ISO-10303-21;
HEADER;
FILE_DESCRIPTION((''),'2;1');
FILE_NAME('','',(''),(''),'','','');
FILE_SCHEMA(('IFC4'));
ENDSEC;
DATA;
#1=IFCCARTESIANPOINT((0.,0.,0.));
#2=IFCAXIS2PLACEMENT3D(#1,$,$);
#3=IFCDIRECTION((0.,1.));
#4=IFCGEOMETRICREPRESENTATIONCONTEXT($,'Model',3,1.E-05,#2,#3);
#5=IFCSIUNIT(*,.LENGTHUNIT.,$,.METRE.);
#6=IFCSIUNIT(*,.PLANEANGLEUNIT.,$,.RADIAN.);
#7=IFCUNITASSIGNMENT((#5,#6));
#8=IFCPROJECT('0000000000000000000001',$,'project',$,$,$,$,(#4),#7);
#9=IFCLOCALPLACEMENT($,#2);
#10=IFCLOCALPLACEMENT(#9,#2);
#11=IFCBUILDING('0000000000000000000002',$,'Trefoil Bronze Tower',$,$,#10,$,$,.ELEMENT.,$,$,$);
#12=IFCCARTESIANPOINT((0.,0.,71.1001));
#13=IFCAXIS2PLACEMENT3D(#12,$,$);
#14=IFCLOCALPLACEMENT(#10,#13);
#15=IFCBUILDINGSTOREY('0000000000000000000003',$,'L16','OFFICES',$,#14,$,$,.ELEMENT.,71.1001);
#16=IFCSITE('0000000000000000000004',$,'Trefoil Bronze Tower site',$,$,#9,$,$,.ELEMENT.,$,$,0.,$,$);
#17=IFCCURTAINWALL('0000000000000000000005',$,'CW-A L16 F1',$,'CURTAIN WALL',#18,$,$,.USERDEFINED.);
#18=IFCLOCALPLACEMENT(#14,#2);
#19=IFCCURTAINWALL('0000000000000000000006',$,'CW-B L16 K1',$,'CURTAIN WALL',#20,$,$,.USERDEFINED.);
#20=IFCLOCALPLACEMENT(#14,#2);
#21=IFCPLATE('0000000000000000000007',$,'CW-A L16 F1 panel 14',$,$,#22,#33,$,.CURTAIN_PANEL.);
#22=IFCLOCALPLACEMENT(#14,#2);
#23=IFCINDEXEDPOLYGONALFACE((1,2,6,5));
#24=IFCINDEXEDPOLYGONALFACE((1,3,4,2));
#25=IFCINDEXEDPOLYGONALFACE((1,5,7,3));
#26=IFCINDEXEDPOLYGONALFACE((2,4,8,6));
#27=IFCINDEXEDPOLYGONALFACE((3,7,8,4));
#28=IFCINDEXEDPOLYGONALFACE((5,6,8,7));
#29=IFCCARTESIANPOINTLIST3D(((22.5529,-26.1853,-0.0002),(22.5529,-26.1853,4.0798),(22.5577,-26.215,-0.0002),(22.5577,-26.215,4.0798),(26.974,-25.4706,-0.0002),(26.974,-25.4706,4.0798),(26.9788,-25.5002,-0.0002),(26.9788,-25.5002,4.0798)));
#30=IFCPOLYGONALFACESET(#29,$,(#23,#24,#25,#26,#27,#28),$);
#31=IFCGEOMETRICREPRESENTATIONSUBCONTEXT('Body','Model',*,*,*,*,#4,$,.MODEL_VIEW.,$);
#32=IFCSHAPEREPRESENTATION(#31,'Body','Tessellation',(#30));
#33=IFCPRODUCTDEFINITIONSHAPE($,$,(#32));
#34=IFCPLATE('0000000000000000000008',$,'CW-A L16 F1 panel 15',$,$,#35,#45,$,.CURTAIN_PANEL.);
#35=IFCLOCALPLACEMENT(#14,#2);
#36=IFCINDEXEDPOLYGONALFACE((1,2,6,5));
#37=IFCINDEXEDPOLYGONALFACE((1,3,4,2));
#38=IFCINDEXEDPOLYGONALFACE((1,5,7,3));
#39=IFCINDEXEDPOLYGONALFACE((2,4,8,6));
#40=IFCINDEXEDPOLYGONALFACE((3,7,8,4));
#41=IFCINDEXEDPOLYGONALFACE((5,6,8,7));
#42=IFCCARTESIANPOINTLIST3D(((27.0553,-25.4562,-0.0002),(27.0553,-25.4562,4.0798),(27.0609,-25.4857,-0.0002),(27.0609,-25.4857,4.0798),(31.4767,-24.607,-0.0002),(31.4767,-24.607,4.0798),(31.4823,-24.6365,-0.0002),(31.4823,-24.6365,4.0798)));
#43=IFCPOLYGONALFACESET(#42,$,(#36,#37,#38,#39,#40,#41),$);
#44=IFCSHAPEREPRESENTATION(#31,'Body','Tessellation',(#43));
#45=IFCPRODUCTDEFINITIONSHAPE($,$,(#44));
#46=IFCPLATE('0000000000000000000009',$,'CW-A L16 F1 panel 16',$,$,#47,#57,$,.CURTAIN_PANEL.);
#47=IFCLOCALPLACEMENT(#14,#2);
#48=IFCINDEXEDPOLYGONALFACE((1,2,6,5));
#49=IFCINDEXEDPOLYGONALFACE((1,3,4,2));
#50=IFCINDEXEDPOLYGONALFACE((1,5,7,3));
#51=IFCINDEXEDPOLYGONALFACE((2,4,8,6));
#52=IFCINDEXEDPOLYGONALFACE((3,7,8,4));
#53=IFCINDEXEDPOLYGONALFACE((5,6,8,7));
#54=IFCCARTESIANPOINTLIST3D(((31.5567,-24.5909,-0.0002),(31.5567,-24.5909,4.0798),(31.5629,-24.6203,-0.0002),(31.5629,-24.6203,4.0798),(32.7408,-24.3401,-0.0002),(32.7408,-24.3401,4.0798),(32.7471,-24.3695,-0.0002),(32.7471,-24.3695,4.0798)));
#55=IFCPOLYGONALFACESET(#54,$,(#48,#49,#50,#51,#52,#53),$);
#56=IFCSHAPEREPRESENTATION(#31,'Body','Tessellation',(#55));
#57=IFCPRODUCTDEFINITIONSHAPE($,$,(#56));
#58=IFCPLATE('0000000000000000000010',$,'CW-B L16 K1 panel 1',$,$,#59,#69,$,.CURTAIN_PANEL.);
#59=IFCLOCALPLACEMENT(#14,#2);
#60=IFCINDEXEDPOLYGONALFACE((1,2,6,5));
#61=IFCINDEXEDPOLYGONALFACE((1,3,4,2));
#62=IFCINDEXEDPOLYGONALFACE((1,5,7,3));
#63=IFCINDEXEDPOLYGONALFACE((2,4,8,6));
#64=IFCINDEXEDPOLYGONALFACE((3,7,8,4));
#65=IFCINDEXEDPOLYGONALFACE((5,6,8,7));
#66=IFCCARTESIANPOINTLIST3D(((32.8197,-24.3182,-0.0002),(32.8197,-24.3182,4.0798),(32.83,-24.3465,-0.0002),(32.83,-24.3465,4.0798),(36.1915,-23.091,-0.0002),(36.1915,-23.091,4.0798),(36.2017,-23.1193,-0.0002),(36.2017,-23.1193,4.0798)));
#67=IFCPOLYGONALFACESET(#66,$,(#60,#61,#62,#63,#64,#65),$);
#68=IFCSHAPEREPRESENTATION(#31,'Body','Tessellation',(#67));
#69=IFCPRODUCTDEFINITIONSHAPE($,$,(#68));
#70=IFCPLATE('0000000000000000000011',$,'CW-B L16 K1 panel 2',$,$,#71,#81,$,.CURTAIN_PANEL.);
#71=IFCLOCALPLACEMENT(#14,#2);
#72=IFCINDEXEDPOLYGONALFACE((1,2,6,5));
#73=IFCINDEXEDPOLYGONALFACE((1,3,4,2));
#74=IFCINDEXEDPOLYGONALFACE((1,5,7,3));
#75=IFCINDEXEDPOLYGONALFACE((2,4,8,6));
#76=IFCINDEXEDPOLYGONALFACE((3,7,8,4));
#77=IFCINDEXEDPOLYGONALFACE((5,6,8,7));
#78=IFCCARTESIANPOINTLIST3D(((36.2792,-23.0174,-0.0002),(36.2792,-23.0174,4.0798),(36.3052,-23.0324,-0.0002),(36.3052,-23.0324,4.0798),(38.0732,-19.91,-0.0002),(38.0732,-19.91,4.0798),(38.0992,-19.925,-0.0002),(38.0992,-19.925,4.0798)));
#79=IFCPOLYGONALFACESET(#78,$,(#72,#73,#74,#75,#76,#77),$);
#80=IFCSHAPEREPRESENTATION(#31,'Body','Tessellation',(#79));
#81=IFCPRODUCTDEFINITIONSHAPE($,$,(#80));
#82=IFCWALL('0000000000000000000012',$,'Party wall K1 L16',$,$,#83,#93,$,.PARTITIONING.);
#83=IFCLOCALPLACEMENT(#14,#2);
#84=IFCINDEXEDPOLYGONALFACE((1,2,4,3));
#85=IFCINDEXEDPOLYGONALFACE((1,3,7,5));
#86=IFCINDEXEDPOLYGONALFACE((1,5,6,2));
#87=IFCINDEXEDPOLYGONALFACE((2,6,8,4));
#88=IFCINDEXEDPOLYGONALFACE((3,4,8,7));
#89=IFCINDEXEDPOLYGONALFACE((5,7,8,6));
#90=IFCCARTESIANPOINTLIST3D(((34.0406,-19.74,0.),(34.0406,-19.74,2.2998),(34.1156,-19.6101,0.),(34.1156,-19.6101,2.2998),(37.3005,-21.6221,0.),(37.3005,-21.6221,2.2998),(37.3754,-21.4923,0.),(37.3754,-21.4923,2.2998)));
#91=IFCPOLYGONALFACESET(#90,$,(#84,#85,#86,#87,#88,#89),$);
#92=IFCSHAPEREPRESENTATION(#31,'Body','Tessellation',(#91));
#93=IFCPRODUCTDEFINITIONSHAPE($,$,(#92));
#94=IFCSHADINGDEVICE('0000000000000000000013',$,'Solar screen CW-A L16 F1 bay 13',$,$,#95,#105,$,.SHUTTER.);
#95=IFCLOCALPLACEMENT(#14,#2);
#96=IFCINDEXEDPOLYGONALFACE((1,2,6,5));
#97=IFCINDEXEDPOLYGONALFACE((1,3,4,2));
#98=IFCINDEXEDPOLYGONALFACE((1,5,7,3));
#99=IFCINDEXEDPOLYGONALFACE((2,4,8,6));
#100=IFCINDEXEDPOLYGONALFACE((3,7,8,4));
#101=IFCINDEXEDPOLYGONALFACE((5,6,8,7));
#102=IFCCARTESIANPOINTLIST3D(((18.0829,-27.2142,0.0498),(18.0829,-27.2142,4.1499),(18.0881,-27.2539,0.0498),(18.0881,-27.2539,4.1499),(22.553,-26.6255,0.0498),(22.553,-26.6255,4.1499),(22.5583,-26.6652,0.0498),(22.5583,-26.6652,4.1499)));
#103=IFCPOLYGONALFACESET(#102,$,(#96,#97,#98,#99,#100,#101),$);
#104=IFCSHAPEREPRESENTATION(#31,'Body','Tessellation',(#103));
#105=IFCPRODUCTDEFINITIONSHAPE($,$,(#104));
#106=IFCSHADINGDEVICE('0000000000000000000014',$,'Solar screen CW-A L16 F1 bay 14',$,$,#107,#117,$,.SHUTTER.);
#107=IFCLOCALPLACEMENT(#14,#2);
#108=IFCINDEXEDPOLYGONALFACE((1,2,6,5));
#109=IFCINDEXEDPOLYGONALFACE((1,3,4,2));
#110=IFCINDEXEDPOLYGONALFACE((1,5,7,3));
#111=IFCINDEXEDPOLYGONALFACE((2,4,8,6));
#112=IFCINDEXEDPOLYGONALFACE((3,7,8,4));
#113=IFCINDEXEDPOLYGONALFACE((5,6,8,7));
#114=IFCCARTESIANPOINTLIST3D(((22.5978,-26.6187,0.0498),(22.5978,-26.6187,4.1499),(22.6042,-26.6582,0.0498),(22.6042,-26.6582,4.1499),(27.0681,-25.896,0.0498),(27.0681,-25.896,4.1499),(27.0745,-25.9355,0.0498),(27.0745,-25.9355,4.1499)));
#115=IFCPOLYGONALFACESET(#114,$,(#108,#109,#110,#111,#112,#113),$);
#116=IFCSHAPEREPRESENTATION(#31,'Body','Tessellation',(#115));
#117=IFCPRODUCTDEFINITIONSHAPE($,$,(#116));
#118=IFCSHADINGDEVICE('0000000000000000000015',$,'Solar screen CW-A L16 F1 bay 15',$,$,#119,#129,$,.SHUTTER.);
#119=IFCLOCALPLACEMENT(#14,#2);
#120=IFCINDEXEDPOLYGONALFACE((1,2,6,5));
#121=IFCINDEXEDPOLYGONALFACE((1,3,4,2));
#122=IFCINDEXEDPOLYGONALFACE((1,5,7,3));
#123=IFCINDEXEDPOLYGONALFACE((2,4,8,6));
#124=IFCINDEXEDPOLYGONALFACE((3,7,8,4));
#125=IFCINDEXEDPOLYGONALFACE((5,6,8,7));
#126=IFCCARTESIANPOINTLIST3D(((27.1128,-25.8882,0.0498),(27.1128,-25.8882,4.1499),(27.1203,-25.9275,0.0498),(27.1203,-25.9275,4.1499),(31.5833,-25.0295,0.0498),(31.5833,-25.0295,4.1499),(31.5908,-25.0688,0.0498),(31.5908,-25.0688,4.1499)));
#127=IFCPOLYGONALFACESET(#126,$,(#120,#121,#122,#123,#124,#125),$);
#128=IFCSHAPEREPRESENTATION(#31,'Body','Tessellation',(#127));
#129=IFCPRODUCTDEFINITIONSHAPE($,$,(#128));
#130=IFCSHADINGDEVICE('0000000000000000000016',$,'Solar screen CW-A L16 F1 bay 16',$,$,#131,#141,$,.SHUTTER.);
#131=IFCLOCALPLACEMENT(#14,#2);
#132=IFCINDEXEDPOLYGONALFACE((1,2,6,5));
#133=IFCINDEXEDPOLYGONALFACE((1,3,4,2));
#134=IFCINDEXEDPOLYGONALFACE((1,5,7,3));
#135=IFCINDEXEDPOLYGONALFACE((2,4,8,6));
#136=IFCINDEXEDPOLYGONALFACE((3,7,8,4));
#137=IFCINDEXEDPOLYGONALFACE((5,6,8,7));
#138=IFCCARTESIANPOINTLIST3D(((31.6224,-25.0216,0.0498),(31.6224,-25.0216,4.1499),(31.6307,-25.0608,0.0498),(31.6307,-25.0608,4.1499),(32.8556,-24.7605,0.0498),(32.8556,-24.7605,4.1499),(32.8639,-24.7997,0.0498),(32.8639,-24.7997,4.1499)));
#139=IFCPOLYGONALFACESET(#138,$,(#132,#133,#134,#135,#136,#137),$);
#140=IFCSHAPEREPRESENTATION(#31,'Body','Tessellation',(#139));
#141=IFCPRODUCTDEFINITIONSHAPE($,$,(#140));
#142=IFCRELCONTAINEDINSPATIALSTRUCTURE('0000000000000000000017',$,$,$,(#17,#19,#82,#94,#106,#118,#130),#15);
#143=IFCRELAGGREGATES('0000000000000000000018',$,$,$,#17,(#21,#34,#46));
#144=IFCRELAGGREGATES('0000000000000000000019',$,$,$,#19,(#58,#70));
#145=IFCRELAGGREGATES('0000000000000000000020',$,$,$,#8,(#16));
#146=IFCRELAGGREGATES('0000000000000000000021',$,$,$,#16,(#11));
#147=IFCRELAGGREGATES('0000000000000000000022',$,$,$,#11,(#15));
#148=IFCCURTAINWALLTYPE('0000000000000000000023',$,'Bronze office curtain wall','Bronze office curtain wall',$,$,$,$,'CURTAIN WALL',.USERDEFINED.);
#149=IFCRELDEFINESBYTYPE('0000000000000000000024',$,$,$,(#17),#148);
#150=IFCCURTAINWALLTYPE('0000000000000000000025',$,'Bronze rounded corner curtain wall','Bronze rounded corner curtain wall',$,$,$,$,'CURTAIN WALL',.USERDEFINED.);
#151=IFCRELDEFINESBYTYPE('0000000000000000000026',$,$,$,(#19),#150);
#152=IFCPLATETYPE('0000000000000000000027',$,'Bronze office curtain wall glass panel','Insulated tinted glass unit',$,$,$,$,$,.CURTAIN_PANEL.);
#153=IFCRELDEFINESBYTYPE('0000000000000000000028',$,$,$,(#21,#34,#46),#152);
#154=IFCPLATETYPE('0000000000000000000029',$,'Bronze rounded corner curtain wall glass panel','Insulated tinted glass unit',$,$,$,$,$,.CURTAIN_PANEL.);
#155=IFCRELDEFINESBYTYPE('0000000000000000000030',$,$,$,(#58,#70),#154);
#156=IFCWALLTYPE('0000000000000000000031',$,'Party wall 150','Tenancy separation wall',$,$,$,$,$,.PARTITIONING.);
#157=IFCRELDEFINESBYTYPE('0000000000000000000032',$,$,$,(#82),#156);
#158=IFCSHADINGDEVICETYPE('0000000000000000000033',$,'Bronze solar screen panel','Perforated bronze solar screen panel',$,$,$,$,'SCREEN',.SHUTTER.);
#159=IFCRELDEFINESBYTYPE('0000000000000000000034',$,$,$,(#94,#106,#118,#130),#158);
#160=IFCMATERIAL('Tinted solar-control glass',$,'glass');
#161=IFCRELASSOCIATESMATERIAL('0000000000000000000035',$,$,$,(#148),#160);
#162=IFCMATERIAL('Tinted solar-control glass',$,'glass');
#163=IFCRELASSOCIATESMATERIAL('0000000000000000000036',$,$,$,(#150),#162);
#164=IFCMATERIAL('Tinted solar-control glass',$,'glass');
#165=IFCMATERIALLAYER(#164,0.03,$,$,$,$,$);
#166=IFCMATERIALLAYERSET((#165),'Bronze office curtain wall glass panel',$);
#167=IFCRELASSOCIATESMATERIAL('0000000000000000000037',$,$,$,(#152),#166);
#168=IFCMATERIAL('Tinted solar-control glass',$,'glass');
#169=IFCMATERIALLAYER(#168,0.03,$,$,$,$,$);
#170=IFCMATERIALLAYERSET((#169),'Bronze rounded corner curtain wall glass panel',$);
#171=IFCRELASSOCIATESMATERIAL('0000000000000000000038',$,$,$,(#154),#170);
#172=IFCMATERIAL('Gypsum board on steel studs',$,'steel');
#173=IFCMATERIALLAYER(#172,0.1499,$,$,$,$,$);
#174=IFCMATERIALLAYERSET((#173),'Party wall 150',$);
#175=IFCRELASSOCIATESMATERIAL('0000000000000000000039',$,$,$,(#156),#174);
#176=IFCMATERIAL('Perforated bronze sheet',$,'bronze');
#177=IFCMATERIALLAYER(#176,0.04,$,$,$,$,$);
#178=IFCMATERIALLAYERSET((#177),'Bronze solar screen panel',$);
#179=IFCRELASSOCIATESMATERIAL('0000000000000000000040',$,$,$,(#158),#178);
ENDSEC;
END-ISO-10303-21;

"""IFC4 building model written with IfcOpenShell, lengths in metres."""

from ifc_helpers import new_model, si_unit, direction, frame, frame_2d, origin, origin_2d, place, context, subcontext, project, spatial, rectangle, extrude, material, layer, layer_set, type_object, element, aggregate, save


model = new_model("IFC4")

# Units and contexts
model_context = context("Model", 3, precision=1e-05, world=origin(), true_north=direction((0.0, 1.0)))
body_context = subcontext(model_context, "Body", "Model", "MODEL_VIEW")
ifc_project = project(units=[si_unit("LENGTHUNIT", "METRE"), si_unit("PLANEANGLEUNIT", "RADIAN")], contexts=[model_context])

# Site, building, storey
site_placement = place(None, origin())
site = spatial("IfcSite", under=ifc_project, at=site_placement, Name="Trefoil Bronze Tower site", CompositionType="ELEMENT", RefElevation=0.0)
building_placement = place(site_placement, origin())
building = spatial("IfcBuilding", under=site, at=building_placement, Name="Trefoil Bronze Tower", CompositionType="ELEMENT")
storey_placement = place(building_placement, frame((0.0, 0.0, 71.1001)))
storey = spatial("IfcBuildingStorey", under=building, at=storey_placement, Name="L16", Description="OFFICES", CompositionType="ELEMENT", Elevation=71.1001)

# Curtain walls
ifc_material_1 = material(Name="Tinted solar-control glass", Category="glass")
curtain_wall_type_1 = type_object("IfcCurtainWallType", Name="Bronze office curtain wall", Description="Bronze office curtain wall", ElementType="CURTAIN WALL", PredefinedType="USERDEFINED", material=ifc_material_1)
curtain_wall_1_placement = place(storey_placement, origin())
curtain_wall_1 = element("IfcCurtainWall", 1, at=curtain_wall_1_placement, inside=storey, type_object=curtain_wall_type_1, Name="CW-A L16 F1", ObjectType="CURTAIN WALL", PredefinedType="USERDEFINED")
ifc_material_2 = material(Name="Tinted solar-control glass", Category="glass")
curtain_wall_type_2 = type_object("IfcCurtainWallType", Name="Bronze rounded corner curtain wall", Description="Bronze rounded corner curtain wall", ElementType="CURTAIN WALL", PredefinedType="USERDEFINED", material=ifc_material_2)
curtain_wall_2_placement = place(storey_placement, origin())
curtain_wall_2 = element("IfcCurtainWall", 2, at=curtain_wall_2_placement, inside=storey, type_object=curtain_wall_type_2, Name="CW-B L16 K1", ObjectType="CURTAIN WALL", PredefinedType="USERDEFINED")

# Plates
ifc_material_3 = material(Name="Tinted solar-control glass", Category="glass")
ifc_layer_1 = layer(ifc_material_3, 0.03)
ifc_layer_set_1 = layer_set([ifc_layer_1], Name="Bronze office curtain wall glass panel")
plate_type_1 = type_object("IfcPlateType", Name="Bronze office curtain wall glass panel", Description="Insulated tinted glass unit", PredefinedType="CURTAIN_PANEL", material=ifc_layer_set_1)
plate_1_placement = place(storey_placement, frame((24.7659, -25.8428, -0.0002), z_axis=(0.0, 0.0, 1.0), x_axis=(0.987181, 0.159603, 0.0)))
plate_1 = element("IfcPlate", 3, at=plate_1_placement, type_object=plate_type_1, Name="CW-A L16 F1 panel 14", PredefinedType="CURTAIN_PANEL", context=body_context, shape_type="SweptSolid", body=[
    extrude(rectangle(XDim=4.4785, YDim=0.03, at=origin_2d()), origin(), (0.0, 0.0, 1.0), 4.0801),
])
plate_2_placement = place(storey_placement, frame((29.2688, -25.0464, -0.0002), z_axis=(0.0, 0.0, 1.0), x_axis=(0.98205, 0.188622, 0.0)))
plate_2 = element("IfcPlate", 4, at=plate_2_placement, type_object=plate_type_1, Name="CW-A L16 F1 panel 15", PredefinedType="CURTAIN_PANEL", context=body_context, shape_type="SweptSolid", body=[
    extrude(rectangle(XDim=4.5022, YDim=0.03, at=origin_2d()), origin(), (0.0, 0.0, 1.0), 4.0801),
])
plate_3_placement = place(storey_placement, frame((32.1519, -24.4802, -0.0002), z_axis=(0.0, 0.0, 1.0), x_axis=(0.978303, 0.207181, 0.0)))
plate_3 = element("IfcPlate", 5, at=plate_3_placement, type_object=plate_type_1, Name="CW-A L16 F1 panel 16", PredefinedType="CURTAIN_PANEL", context=body_context, shape_type="SweptSolid", body=[
    extrude(rectangle(XDim=1.2104, YDim=0.03, at=origin_2d()), origin(), (0.0, 0.0, 1.0), 4.0801),
])
aggregate(curtain_wall_1, [plate_1, plate_2, plate_3])
ifc_material_4 = material(Name="Tinted solar-control glass", Category="glass")
ifc_layer_2 = layer(ifc_material_4, 0.03)
ifc_layer_set_2 = layer_set([ifc_layer_2], Name="Bronze rounded corner curtain wall glass panel")
plate_type_2 = type_object("IfcPlateType", Name="Bronze rounded corner curtain wall glass panel", Description="Insulated tinted glass unit", PredefinedType="CURTAIN_PANEL", material=ifc_layer_set_2)
plate_4_placement = place(storey_placement, frame((34.5107, -23.7188, -0.0002), z_axis=(0.0, 0.0, 1.0), x_axis=(0.939693, 0.34202, 0.0)))
plate_4 = element("IfcPlate", 6, at=plate_4_placement, type_object=plate_type_2, Name="CW-B L16 K1 panel 1", PredefinedType="CURTAIN_PANEL", context=body_context, shape_type="SweptSolid", body=[
    extrude(rectangle(XDim=3.5881, YDim=0.03, at=origin_2d()), origin(), (0.0, 0.0, 1.0), 4.0801),
])
plate_5_placement = place(storey_placement, frame((37.1892, -21.4712, -0.0002), z_axis=(0.0, 0.0, 1.0), x_axis=(0.5, 0.866025, 0.0)))
plate_5 = element("IfcPlate", 7, at=plate_5_placement, type_object=plate_type_2, Name="CW-B L16 K1 panel 2", PredefinedType="CURTAIN_PANEL", context=body_context, shape_type="SweptSolid", body=[
    extrude(rectangle(XDim=3.5881, YDim=0.03, at=origin_2d()), origin(), (0.0, 0.0, 1.0), 4.0801),
])
aggregate(curtain_wall_2, [plate_4, plate_5])

# Wall
ifc_material_5 = material(Name="Gypsum board on steel studs", Category="steel")
ifc_layer_3 = layer(ifc_material_5, 0.1499)
ifc_layer_set_3 = layer_set([ifc_layer_3], Name="Party wall 150")
wall_type = type_object("IfcWallType", Name="Party wall 150", Description="Tenancy separation wall", PredefinedType="PARTITIONING", material=ifc_layer_set_3)
wall_placement = place(storey_placement, frame((34.0781, -19.675, 0.0), z_axis=(0.0, 0.0, 1.0), x_axis=(0.866019, -0.500011, 0.0)))
element("IfcWall", 8, at=wall_placement, inside=storey, type_object=wall_type, Name="Party wall K1 L16", PredefinedType="PARTITIONING", context=body_context, shape_type="SweptSolid", body=[
    extrude(rectangle(XDim=3.7642, YDim=0.1499, at=frame_2d((1.8821, 0.0))), origin(), (0.0, 0.0, 1.0), 2.2998),
])

# Shading devices
ifc_material_6 = material(Name="Perforated bronze sheet", Category="bronze")
ifc_layer_4 = layer(ifc_material_6, 0.04)
ifc_layer_set_4 = layer_set([ifc_layer_4], Name="Bronze solar screen panel")
shading_device_type = type_object("IfcShadingDeviceType", Name="Bronze solar screen panel", Description="Perforated bronze solar screen panel", ElementType="SCREEN", PredefinedType="SHUTTER", material=ifc_layer_set_4)
shading_device_1_placement = place(storey_placement, frame((20.3206, -26.9397, 0.0498), z_axis=(0.0, 0.0, 1.0), x_axis=(0.991437, 0.130584, 0.0)))
element("IfcShadingDevice", 9, at=shading_device_1_placement, inside=storey, type_object=shading_device_type, Name="Solar screen CW-A L16 F1 bay 13", PredefinedType="SHUTTER", context=body_context, shape_type="SweptSolid", body=[
    extrude(rectangle(XDim=4.5088, YDim=0.04, at=origin_2d()), origin(), (0.0, 0.0, 1.0), 4.1001),
])
shading_device_2_placement = place(storey_placement, frame((24.8362, -26.2771, 0.0498), z_axis=(0.0, 0.0, 1.0), x_axis=(0.987181, 0.159603, 0.0)))
element("IfcShadingDevice", 10, at=shading_device_2_placement, inside=storey, type_object=shading_device_type, Name="Solar screen CW-A L16 F1 bay 14", PredefinedType="SHUTTER", context=body_context, shape_type="SweptSolid", body=[
    extrude(rectangle(XDim=4.5283, YDim=0.04, at=origin_2d()), origin(), (0.0, 0.0, 1.0), 4.1001),
])
shading_device_3_placement = place(storey_placement, frame((29.3518, -25.4785, 0.0498), z_axis=(0.0, 0.0, 1.0), x_axis=(0.98205, 0.188622, 0.0)))
element("IfcShadingDevice", 11, at=shading_device_3_placement, inside=storey, type_object=shading_device_type, Name="Solar screen CW-A L16 F1 bay 15", PredefinedType="SHUTTER", context=body_context, shape_type="SweptSolid", body=[
    extrude(rectangle(XDim=4.5522, YDim=0.04, at=origin_2d()), origin(), (0.0, 0.0, 1.0), 4.1001),
])
shading_device_4_placement = place(storey_placement, frame((32.2432, -24.9106, 0.0498), z_axis=(0.0, 0.0, 1.0), x_axis=(0.978303, 0.207181, 0.0)))
element("IfcShadingDevice", 12, at=shading_device_4_placement, inside=storey, type_object=shading_device_type, Name="Solar screen CW-A L16 F1 bay 16", PredefinedType="SHUTTER", context=body_context, shape_type="SweptSolid", body=[
    extrude(rectangle(XDim=1.2605, YDim=0.04, at=origin_2d()), origin(), (0.0, 0.0, 1.0), 4.1001),
])

save(model, "model.ifc")
